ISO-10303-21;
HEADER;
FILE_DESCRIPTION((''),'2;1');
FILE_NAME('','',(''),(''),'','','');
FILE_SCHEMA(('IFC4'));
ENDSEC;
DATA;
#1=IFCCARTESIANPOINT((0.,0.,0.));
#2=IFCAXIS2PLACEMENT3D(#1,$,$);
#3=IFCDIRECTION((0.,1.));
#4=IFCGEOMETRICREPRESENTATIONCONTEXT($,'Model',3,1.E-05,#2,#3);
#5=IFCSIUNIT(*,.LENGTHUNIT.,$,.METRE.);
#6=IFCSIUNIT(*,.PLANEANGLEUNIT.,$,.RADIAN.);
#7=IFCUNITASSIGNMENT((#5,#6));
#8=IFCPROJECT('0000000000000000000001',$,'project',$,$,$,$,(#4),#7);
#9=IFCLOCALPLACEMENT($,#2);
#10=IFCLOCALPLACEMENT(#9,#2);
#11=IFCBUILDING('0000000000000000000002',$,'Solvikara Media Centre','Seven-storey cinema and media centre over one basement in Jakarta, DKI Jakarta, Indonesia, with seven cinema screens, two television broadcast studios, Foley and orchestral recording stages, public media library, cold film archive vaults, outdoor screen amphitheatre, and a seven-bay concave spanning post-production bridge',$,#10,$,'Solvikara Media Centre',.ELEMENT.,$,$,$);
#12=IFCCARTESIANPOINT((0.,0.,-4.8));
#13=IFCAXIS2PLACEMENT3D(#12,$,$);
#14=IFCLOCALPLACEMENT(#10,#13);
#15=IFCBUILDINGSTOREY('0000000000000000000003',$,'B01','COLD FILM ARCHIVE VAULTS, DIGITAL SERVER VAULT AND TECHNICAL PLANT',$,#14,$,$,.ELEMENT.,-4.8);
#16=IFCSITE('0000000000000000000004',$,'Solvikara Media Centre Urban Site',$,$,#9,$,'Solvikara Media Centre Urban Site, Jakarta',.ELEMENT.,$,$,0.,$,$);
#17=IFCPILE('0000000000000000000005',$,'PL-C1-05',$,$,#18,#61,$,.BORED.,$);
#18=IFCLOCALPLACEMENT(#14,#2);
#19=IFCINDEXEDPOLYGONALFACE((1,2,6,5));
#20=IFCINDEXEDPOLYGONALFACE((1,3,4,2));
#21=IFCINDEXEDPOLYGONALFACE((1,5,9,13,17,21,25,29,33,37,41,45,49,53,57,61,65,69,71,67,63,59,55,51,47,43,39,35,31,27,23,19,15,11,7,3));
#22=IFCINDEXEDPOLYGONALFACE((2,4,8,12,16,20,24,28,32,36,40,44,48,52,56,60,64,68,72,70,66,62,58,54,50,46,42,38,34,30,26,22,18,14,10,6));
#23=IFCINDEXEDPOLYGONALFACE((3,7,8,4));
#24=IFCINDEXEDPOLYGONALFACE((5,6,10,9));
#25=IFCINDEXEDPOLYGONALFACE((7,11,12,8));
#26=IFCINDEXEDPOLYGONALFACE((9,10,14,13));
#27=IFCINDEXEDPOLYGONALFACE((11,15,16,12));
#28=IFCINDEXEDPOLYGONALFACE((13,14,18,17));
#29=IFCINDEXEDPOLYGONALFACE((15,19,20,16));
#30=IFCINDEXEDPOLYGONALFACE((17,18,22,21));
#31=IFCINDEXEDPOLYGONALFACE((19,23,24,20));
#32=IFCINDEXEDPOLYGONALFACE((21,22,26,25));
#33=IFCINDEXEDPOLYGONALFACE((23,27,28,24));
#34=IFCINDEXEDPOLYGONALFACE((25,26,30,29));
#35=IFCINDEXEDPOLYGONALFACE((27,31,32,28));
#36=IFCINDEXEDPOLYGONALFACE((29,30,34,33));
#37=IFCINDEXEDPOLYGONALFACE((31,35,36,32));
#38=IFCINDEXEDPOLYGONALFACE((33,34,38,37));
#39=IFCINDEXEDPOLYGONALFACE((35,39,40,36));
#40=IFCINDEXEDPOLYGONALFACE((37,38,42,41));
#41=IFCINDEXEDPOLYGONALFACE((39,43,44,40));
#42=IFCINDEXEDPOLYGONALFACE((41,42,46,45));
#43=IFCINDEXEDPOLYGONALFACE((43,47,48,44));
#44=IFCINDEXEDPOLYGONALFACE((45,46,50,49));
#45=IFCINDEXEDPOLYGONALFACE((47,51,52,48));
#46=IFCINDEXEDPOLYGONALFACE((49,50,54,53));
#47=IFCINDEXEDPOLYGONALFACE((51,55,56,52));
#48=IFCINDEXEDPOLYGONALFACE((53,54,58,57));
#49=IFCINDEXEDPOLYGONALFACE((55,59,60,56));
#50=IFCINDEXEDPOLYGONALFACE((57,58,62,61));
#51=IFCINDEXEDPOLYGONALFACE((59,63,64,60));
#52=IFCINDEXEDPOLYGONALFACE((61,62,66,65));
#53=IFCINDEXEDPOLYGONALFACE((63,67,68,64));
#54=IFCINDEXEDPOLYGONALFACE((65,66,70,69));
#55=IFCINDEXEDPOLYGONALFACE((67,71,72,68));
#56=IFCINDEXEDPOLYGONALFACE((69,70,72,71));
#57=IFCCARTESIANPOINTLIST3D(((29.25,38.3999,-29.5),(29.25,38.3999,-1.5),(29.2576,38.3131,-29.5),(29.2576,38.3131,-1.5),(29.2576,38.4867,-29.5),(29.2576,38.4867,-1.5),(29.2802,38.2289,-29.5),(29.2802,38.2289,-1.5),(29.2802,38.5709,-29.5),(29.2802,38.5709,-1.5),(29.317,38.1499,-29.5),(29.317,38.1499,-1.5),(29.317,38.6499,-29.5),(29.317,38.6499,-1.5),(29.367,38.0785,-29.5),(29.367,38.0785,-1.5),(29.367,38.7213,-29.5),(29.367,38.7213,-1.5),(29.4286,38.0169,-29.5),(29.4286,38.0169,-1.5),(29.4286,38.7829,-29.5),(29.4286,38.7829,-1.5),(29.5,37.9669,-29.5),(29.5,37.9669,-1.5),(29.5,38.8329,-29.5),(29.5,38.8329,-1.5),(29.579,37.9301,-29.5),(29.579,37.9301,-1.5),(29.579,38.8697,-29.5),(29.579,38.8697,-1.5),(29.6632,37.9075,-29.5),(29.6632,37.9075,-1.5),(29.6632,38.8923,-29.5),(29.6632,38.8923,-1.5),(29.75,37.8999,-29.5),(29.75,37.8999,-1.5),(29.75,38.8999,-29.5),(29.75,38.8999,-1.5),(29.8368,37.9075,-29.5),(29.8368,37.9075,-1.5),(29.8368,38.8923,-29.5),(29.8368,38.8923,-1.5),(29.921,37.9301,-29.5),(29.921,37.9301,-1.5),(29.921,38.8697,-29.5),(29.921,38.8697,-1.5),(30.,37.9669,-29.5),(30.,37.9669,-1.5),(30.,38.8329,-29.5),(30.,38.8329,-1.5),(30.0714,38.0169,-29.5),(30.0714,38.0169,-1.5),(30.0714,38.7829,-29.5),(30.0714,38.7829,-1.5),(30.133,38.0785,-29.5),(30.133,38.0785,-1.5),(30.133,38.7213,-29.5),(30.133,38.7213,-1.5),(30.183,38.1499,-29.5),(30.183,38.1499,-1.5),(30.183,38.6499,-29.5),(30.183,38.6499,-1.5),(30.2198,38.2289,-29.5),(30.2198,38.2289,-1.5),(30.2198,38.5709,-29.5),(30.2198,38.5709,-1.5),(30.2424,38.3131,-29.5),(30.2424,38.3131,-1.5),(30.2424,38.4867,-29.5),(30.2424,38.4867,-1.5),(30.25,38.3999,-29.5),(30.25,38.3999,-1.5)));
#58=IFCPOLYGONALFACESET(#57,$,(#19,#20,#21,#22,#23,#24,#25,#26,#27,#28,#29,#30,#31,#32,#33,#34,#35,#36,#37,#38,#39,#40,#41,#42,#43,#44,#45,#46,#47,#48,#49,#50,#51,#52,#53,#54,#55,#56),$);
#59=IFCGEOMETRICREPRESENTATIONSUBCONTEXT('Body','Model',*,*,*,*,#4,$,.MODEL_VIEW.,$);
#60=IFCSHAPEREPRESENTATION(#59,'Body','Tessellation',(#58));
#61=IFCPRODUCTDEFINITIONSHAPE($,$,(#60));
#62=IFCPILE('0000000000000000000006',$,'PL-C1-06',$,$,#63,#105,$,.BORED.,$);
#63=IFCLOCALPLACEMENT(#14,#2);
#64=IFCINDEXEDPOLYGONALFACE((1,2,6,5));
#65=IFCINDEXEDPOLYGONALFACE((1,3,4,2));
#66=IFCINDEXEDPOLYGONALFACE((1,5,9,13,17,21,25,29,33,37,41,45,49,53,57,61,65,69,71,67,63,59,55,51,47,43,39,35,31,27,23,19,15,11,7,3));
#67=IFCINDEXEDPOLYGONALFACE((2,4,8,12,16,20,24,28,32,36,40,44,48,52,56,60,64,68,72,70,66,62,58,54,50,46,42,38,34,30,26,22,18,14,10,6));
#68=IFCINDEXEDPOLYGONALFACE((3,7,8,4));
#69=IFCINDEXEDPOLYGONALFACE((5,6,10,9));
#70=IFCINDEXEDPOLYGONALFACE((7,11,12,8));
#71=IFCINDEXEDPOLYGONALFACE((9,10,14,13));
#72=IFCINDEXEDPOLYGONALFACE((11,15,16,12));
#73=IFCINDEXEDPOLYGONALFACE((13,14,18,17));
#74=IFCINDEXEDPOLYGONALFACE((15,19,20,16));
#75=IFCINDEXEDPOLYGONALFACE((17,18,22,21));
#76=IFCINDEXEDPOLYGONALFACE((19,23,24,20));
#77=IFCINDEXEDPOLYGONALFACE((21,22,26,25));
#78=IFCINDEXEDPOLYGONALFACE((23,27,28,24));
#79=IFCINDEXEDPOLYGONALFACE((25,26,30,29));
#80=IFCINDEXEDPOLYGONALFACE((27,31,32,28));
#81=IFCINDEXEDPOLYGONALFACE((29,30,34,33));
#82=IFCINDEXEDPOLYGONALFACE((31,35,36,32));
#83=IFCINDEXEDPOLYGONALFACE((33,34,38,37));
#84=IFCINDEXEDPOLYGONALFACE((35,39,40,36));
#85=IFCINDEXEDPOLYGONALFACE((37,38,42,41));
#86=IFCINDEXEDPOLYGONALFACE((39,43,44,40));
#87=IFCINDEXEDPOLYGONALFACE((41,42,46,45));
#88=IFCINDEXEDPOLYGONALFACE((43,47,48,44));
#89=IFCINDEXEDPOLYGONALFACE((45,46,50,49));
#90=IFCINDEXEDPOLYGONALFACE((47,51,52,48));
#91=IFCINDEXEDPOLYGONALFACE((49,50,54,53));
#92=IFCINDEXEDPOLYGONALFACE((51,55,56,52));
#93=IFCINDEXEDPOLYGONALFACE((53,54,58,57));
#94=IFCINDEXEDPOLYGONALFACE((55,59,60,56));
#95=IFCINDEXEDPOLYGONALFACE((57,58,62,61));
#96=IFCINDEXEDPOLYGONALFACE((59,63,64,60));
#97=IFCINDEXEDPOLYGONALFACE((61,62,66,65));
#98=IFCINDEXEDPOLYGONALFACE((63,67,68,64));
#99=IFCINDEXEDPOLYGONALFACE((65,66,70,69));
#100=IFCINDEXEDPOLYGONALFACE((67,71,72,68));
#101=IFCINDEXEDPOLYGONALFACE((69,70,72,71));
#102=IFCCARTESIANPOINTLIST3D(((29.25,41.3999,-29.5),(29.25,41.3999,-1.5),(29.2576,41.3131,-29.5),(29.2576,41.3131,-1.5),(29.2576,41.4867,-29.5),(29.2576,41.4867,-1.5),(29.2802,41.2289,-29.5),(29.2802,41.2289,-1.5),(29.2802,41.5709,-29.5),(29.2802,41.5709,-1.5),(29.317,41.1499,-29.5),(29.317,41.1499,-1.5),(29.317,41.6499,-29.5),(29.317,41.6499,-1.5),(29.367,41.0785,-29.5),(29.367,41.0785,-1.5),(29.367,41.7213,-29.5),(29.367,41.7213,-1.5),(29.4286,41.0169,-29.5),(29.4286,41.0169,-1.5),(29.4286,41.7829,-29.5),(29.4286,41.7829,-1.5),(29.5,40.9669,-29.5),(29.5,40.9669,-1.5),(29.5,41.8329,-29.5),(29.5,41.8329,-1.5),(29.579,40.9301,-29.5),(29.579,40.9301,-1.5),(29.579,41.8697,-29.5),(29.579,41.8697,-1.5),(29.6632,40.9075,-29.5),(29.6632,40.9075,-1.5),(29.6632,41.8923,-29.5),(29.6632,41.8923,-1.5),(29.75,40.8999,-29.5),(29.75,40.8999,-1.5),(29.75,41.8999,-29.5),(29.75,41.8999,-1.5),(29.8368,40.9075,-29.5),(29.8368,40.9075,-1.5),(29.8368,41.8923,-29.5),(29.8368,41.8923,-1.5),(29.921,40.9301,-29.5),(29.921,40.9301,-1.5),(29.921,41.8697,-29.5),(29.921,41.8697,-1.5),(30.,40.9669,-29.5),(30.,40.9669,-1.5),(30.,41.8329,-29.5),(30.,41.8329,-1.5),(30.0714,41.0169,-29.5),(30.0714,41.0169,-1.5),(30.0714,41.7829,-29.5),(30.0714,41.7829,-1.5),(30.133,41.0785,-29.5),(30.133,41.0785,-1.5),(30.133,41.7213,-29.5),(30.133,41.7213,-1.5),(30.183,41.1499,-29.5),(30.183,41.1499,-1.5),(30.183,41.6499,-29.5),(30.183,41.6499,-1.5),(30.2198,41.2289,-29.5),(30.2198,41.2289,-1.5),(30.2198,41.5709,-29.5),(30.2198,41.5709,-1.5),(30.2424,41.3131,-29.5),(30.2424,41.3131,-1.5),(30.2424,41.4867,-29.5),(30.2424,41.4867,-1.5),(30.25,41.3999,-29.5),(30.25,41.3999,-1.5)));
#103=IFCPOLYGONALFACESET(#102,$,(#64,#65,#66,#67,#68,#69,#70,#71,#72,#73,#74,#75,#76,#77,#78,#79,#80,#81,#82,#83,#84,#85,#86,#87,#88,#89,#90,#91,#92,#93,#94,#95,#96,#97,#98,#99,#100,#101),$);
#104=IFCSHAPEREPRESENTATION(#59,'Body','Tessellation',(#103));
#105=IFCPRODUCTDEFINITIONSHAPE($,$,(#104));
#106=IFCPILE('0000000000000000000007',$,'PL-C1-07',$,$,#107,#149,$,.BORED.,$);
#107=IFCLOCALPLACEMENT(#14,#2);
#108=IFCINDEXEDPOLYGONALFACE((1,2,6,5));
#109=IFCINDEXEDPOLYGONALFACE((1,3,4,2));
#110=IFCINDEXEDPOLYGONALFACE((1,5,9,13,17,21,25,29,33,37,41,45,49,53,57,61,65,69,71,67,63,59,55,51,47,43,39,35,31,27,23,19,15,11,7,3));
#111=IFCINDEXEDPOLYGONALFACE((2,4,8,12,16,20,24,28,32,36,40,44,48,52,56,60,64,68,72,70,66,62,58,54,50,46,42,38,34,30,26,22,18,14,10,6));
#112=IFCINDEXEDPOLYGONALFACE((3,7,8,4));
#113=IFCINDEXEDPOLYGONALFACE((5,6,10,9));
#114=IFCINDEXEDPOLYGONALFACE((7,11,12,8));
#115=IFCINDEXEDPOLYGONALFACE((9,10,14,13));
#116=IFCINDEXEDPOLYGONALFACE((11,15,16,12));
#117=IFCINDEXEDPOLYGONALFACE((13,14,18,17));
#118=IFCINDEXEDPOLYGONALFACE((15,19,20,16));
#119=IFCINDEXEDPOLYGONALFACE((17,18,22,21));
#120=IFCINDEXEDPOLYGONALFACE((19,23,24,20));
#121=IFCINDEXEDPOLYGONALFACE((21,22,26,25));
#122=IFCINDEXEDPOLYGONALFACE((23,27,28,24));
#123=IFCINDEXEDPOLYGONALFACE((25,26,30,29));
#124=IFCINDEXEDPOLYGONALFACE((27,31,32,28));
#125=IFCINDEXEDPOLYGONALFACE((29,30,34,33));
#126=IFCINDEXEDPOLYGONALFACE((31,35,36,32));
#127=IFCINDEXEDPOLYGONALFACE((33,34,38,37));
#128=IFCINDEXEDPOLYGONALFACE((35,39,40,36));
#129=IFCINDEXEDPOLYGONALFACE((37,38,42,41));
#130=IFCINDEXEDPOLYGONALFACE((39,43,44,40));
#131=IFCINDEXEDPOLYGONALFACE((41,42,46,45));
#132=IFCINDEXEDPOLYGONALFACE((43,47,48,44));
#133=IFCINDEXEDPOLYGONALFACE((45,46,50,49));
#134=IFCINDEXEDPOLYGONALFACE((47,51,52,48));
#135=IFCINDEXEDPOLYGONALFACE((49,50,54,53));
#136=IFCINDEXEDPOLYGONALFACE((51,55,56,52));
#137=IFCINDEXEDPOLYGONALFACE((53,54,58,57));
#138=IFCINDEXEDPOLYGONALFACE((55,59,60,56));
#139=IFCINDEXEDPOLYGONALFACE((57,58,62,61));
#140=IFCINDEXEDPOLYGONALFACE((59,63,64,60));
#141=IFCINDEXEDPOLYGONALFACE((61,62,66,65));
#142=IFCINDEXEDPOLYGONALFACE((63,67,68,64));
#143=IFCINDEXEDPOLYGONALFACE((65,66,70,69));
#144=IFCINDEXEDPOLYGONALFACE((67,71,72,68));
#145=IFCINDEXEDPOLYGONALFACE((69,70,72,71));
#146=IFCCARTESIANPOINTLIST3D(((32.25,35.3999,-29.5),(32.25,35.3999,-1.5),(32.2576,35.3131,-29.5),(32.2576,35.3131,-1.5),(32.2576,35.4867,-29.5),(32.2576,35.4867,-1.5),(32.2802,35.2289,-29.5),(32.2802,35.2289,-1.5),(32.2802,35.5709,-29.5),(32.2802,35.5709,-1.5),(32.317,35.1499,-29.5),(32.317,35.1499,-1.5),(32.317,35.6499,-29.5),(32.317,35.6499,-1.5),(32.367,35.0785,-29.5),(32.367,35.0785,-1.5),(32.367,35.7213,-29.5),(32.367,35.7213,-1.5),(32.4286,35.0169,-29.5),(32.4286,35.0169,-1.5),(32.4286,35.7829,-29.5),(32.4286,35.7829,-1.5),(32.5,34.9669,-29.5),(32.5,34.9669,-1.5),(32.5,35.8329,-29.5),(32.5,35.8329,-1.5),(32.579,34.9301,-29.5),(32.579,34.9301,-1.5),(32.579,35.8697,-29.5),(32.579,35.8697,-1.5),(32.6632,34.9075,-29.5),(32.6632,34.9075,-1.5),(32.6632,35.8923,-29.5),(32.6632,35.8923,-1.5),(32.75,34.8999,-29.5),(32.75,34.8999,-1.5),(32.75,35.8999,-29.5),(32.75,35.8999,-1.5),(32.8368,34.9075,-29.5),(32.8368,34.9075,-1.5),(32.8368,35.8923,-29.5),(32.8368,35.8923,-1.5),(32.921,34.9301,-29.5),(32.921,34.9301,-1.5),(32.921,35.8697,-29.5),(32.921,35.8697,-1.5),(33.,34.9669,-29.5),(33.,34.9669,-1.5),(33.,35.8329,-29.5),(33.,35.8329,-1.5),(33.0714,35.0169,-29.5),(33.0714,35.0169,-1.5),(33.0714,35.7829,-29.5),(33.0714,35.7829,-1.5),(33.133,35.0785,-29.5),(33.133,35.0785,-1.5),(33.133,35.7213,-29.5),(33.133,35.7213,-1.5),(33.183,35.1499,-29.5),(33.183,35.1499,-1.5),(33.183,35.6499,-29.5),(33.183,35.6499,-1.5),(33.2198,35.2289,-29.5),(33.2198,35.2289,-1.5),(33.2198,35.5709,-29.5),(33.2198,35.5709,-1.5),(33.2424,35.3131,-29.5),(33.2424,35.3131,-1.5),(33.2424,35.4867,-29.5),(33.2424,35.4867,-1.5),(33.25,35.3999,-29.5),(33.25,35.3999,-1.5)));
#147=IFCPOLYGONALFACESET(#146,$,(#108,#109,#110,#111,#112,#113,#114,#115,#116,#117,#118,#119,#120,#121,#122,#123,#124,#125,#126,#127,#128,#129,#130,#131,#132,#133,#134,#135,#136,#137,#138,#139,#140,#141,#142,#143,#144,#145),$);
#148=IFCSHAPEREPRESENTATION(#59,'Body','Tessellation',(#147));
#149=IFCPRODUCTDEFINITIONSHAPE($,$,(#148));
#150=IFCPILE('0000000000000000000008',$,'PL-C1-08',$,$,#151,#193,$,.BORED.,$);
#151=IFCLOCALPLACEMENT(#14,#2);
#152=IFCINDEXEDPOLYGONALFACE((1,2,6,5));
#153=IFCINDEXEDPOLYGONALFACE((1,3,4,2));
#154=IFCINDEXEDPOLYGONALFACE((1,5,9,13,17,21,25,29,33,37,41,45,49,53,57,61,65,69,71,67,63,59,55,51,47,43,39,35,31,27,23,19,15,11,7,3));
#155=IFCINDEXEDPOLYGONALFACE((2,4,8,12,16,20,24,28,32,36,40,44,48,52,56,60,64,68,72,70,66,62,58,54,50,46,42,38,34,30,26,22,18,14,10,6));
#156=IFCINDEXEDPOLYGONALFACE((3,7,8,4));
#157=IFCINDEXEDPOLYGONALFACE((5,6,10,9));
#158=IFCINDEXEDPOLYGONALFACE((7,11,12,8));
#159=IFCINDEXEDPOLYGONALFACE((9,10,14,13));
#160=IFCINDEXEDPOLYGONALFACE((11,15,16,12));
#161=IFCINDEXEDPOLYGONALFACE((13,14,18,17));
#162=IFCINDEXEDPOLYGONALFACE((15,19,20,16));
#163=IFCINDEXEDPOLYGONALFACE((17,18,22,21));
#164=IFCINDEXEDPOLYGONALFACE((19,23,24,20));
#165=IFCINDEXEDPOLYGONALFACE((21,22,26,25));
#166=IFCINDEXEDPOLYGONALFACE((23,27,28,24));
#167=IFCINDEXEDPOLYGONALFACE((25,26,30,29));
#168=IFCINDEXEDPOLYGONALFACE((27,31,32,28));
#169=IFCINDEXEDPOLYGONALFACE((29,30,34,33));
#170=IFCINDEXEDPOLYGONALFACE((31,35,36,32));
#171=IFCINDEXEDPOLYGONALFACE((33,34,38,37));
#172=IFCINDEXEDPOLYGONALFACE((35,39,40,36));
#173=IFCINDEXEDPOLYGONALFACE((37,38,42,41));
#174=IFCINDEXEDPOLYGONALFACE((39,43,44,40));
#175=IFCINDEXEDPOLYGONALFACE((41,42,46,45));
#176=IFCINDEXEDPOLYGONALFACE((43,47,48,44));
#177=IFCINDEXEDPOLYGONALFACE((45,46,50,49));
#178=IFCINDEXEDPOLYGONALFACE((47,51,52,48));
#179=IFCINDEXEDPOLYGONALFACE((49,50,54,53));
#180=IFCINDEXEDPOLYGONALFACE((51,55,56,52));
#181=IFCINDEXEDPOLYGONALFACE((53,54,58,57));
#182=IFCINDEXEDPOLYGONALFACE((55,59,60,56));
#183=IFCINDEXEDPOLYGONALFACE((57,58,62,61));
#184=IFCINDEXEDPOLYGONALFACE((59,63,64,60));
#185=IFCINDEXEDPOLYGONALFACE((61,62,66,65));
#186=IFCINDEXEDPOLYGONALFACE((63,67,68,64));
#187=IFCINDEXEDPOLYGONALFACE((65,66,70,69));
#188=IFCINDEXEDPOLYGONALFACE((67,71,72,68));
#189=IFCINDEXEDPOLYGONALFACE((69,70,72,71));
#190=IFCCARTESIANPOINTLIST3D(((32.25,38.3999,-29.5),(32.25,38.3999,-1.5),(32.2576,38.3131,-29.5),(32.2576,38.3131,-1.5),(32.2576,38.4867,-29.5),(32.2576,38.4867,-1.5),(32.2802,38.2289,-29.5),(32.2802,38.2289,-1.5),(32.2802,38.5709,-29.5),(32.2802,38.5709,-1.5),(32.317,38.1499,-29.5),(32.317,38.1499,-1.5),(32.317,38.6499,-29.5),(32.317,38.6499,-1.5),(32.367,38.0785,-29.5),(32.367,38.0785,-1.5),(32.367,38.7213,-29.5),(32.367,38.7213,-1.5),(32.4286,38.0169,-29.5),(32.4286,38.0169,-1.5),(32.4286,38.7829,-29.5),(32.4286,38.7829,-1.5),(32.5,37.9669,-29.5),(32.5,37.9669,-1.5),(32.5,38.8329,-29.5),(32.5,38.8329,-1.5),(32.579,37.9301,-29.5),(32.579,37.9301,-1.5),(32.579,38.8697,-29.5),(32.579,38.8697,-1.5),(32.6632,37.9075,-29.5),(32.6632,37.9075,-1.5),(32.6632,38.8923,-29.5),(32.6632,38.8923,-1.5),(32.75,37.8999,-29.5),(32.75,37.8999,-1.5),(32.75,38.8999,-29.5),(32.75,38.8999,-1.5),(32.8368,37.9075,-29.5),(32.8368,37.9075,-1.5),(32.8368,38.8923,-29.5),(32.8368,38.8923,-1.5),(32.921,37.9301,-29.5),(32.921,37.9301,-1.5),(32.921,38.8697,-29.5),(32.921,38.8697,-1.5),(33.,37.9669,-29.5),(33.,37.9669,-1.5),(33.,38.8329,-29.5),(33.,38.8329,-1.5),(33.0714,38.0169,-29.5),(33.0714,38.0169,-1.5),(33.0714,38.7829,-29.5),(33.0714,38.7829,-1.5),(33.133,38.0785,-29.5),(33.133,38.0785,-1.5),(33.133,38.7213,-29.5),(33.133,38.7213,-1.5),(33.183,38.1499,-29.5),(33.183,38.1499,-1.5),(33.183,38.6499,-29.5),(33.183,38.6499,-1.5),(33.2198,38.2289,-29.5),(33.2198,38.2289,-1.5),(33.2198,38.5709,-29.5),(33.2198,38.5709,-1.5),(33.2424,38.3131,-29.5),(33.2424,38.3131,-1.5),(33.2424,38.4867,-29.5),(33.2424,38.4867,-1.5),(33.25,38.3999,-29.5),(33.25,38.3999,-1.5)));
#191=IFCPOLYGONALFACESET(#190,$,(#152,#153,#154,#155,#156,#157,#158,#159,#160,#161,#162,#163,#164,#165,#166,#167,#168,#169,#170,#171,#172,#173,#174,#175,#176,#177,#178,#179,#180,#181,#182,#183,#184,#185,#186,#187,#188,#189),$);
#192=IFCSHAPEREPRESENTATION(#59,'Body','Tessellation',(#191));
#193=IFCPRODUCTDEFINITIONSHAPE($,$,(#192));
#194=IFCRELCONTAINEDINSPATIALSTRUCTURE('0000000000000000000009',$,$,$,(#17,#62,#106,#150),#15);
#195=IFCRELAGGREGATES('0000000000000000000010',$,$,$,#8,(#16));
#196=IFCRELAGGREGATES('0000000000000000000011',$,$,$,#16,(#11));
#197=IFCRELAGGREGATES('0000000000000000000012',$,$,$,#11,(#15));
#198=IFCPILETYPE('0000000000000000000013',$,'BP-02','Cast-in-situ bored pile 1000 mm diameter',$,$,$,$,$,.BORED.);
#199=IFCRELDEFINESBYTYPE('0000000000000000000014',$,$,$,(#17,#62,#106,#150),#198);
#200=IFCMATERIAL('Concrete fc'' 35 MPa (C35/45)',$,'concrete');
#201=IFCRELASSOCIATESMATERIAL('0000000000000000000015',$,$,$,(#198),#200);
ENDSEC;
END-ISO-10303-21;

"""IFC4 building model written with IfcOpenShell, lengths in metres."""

from ifc_helpers import new_model, si_unit, direction, frame, origin, origin_2d, place, context, subcontext, project, spatial, circle, extrude, material, material_profile, profile_set, type_object, element, save


model = new_model("IFC4")

# Units and contexts
model_context = context("Model", 3, precision=1e-05, world=origin(), true_north=direction((0.0, 1.0)))
body_context = subcontext(model_context, "Body", "Model", "MODEL_VIEW")
ifc_project = project(units=[si_unit("LENGTHUNIT", "METRE"), si_unit("PLANEANGLEUNIT", "RADIAN")], contexts=[model_context])

# Site, building, storey
site_placement = place(None, origin())
site = spatial("IfcSite", under=ifc_project, at=site_placement, Name="Solvikara Media Centre Urban Site", LongName="Solvikara Media Centre Urban Site, Jakarta", CompositionType="ELEMENT", RefElevation=0.0)
building_placement = place(site_placement, origin())
building = spatial("IfcBuilding", under=site, at=building_placement, Name="Solvikara Media Centre", Description="Seven-storey cinema and media centre over one basement in Jakarta, DKI Jakarta, Indonesia, with seven cinema screens, two television broadcast studios, Foley and orchestral recording stages, public media library, cold film archive vaults, outdoor screen amphitheatre, and a seven-bay concave spanning post-production bridge", LongName="Solvikara Media Centre", CompositionType="ELEMENT")
storey_placement = place(building_placement, frame((0.0, 0.0, -4.8)))
storey = spatial("IfcBuildingStorey", under=building, at=storey_placement, Name="B01", Description="COLD FILM ARCHIVE VAULTS, DIGITAL SERVER VAULT AND TECHNICAL PLANT", CompositionType="ELEMENT", Elevation=-4.8)

# Piles
ifc_material_1 = material(Name="Concrete fc' 35 MPa (C35/45)", Category="concrete")
ifc_material_profile_1 = material_profile(ifc_material_1, circle(Radius=0.5, at=origin_2d()), Name="BORED PILE D1000")
ifc_profile_set_1 = profile_set([ifc_material_profile_1], Name="Concrete fc' 35 MPa (C35/45)")
pile_type = type_object("IfcPileType", Name="BP-02", Description="Cast-in-situ bored pile 1000 mm diameter", PredefinedType="BORED", material=ifc_profile_set_1)
for number, where, z_axis, x_axis, name in (
    (1, (29.75, 38.3999, -1.5), (0.0, 0.0, -1.0), (1.0, 0.0, 0.0), "PL-C1-05"),
    (2, (29.75, 41.3999, -1.5), (0.0, 0.0, -1.0), (1.0, 0.0, 0.0), "PL-C1-06"),
    (3, (32.75, 35.3999, -1.5), (0.0, 0.0, -1.0), (1.0, 0.0, 0.0), "PL-C1-07"),
    (4, (32.75, 38.3999, -1.5), (0.0, 0.0, -1.0), (1.0, 0.0, 0.0), "PL-C1-08"),
):
    element("IfcPile", number, at=place(storey_placement, frame(where, z_axis=z_axis, x_axis=x_axis)), inside=storey, type_object=pile_type, Name=name, PredefinedType="BORED", context=body_context, shape_type="SweptSolid", body=[
        extrude(circle(Radius=0.5, at=origin_2d()), origin(), (0.0, 0.0, 1.0), 28.0),
    ])

save(model, "model.ifc")
